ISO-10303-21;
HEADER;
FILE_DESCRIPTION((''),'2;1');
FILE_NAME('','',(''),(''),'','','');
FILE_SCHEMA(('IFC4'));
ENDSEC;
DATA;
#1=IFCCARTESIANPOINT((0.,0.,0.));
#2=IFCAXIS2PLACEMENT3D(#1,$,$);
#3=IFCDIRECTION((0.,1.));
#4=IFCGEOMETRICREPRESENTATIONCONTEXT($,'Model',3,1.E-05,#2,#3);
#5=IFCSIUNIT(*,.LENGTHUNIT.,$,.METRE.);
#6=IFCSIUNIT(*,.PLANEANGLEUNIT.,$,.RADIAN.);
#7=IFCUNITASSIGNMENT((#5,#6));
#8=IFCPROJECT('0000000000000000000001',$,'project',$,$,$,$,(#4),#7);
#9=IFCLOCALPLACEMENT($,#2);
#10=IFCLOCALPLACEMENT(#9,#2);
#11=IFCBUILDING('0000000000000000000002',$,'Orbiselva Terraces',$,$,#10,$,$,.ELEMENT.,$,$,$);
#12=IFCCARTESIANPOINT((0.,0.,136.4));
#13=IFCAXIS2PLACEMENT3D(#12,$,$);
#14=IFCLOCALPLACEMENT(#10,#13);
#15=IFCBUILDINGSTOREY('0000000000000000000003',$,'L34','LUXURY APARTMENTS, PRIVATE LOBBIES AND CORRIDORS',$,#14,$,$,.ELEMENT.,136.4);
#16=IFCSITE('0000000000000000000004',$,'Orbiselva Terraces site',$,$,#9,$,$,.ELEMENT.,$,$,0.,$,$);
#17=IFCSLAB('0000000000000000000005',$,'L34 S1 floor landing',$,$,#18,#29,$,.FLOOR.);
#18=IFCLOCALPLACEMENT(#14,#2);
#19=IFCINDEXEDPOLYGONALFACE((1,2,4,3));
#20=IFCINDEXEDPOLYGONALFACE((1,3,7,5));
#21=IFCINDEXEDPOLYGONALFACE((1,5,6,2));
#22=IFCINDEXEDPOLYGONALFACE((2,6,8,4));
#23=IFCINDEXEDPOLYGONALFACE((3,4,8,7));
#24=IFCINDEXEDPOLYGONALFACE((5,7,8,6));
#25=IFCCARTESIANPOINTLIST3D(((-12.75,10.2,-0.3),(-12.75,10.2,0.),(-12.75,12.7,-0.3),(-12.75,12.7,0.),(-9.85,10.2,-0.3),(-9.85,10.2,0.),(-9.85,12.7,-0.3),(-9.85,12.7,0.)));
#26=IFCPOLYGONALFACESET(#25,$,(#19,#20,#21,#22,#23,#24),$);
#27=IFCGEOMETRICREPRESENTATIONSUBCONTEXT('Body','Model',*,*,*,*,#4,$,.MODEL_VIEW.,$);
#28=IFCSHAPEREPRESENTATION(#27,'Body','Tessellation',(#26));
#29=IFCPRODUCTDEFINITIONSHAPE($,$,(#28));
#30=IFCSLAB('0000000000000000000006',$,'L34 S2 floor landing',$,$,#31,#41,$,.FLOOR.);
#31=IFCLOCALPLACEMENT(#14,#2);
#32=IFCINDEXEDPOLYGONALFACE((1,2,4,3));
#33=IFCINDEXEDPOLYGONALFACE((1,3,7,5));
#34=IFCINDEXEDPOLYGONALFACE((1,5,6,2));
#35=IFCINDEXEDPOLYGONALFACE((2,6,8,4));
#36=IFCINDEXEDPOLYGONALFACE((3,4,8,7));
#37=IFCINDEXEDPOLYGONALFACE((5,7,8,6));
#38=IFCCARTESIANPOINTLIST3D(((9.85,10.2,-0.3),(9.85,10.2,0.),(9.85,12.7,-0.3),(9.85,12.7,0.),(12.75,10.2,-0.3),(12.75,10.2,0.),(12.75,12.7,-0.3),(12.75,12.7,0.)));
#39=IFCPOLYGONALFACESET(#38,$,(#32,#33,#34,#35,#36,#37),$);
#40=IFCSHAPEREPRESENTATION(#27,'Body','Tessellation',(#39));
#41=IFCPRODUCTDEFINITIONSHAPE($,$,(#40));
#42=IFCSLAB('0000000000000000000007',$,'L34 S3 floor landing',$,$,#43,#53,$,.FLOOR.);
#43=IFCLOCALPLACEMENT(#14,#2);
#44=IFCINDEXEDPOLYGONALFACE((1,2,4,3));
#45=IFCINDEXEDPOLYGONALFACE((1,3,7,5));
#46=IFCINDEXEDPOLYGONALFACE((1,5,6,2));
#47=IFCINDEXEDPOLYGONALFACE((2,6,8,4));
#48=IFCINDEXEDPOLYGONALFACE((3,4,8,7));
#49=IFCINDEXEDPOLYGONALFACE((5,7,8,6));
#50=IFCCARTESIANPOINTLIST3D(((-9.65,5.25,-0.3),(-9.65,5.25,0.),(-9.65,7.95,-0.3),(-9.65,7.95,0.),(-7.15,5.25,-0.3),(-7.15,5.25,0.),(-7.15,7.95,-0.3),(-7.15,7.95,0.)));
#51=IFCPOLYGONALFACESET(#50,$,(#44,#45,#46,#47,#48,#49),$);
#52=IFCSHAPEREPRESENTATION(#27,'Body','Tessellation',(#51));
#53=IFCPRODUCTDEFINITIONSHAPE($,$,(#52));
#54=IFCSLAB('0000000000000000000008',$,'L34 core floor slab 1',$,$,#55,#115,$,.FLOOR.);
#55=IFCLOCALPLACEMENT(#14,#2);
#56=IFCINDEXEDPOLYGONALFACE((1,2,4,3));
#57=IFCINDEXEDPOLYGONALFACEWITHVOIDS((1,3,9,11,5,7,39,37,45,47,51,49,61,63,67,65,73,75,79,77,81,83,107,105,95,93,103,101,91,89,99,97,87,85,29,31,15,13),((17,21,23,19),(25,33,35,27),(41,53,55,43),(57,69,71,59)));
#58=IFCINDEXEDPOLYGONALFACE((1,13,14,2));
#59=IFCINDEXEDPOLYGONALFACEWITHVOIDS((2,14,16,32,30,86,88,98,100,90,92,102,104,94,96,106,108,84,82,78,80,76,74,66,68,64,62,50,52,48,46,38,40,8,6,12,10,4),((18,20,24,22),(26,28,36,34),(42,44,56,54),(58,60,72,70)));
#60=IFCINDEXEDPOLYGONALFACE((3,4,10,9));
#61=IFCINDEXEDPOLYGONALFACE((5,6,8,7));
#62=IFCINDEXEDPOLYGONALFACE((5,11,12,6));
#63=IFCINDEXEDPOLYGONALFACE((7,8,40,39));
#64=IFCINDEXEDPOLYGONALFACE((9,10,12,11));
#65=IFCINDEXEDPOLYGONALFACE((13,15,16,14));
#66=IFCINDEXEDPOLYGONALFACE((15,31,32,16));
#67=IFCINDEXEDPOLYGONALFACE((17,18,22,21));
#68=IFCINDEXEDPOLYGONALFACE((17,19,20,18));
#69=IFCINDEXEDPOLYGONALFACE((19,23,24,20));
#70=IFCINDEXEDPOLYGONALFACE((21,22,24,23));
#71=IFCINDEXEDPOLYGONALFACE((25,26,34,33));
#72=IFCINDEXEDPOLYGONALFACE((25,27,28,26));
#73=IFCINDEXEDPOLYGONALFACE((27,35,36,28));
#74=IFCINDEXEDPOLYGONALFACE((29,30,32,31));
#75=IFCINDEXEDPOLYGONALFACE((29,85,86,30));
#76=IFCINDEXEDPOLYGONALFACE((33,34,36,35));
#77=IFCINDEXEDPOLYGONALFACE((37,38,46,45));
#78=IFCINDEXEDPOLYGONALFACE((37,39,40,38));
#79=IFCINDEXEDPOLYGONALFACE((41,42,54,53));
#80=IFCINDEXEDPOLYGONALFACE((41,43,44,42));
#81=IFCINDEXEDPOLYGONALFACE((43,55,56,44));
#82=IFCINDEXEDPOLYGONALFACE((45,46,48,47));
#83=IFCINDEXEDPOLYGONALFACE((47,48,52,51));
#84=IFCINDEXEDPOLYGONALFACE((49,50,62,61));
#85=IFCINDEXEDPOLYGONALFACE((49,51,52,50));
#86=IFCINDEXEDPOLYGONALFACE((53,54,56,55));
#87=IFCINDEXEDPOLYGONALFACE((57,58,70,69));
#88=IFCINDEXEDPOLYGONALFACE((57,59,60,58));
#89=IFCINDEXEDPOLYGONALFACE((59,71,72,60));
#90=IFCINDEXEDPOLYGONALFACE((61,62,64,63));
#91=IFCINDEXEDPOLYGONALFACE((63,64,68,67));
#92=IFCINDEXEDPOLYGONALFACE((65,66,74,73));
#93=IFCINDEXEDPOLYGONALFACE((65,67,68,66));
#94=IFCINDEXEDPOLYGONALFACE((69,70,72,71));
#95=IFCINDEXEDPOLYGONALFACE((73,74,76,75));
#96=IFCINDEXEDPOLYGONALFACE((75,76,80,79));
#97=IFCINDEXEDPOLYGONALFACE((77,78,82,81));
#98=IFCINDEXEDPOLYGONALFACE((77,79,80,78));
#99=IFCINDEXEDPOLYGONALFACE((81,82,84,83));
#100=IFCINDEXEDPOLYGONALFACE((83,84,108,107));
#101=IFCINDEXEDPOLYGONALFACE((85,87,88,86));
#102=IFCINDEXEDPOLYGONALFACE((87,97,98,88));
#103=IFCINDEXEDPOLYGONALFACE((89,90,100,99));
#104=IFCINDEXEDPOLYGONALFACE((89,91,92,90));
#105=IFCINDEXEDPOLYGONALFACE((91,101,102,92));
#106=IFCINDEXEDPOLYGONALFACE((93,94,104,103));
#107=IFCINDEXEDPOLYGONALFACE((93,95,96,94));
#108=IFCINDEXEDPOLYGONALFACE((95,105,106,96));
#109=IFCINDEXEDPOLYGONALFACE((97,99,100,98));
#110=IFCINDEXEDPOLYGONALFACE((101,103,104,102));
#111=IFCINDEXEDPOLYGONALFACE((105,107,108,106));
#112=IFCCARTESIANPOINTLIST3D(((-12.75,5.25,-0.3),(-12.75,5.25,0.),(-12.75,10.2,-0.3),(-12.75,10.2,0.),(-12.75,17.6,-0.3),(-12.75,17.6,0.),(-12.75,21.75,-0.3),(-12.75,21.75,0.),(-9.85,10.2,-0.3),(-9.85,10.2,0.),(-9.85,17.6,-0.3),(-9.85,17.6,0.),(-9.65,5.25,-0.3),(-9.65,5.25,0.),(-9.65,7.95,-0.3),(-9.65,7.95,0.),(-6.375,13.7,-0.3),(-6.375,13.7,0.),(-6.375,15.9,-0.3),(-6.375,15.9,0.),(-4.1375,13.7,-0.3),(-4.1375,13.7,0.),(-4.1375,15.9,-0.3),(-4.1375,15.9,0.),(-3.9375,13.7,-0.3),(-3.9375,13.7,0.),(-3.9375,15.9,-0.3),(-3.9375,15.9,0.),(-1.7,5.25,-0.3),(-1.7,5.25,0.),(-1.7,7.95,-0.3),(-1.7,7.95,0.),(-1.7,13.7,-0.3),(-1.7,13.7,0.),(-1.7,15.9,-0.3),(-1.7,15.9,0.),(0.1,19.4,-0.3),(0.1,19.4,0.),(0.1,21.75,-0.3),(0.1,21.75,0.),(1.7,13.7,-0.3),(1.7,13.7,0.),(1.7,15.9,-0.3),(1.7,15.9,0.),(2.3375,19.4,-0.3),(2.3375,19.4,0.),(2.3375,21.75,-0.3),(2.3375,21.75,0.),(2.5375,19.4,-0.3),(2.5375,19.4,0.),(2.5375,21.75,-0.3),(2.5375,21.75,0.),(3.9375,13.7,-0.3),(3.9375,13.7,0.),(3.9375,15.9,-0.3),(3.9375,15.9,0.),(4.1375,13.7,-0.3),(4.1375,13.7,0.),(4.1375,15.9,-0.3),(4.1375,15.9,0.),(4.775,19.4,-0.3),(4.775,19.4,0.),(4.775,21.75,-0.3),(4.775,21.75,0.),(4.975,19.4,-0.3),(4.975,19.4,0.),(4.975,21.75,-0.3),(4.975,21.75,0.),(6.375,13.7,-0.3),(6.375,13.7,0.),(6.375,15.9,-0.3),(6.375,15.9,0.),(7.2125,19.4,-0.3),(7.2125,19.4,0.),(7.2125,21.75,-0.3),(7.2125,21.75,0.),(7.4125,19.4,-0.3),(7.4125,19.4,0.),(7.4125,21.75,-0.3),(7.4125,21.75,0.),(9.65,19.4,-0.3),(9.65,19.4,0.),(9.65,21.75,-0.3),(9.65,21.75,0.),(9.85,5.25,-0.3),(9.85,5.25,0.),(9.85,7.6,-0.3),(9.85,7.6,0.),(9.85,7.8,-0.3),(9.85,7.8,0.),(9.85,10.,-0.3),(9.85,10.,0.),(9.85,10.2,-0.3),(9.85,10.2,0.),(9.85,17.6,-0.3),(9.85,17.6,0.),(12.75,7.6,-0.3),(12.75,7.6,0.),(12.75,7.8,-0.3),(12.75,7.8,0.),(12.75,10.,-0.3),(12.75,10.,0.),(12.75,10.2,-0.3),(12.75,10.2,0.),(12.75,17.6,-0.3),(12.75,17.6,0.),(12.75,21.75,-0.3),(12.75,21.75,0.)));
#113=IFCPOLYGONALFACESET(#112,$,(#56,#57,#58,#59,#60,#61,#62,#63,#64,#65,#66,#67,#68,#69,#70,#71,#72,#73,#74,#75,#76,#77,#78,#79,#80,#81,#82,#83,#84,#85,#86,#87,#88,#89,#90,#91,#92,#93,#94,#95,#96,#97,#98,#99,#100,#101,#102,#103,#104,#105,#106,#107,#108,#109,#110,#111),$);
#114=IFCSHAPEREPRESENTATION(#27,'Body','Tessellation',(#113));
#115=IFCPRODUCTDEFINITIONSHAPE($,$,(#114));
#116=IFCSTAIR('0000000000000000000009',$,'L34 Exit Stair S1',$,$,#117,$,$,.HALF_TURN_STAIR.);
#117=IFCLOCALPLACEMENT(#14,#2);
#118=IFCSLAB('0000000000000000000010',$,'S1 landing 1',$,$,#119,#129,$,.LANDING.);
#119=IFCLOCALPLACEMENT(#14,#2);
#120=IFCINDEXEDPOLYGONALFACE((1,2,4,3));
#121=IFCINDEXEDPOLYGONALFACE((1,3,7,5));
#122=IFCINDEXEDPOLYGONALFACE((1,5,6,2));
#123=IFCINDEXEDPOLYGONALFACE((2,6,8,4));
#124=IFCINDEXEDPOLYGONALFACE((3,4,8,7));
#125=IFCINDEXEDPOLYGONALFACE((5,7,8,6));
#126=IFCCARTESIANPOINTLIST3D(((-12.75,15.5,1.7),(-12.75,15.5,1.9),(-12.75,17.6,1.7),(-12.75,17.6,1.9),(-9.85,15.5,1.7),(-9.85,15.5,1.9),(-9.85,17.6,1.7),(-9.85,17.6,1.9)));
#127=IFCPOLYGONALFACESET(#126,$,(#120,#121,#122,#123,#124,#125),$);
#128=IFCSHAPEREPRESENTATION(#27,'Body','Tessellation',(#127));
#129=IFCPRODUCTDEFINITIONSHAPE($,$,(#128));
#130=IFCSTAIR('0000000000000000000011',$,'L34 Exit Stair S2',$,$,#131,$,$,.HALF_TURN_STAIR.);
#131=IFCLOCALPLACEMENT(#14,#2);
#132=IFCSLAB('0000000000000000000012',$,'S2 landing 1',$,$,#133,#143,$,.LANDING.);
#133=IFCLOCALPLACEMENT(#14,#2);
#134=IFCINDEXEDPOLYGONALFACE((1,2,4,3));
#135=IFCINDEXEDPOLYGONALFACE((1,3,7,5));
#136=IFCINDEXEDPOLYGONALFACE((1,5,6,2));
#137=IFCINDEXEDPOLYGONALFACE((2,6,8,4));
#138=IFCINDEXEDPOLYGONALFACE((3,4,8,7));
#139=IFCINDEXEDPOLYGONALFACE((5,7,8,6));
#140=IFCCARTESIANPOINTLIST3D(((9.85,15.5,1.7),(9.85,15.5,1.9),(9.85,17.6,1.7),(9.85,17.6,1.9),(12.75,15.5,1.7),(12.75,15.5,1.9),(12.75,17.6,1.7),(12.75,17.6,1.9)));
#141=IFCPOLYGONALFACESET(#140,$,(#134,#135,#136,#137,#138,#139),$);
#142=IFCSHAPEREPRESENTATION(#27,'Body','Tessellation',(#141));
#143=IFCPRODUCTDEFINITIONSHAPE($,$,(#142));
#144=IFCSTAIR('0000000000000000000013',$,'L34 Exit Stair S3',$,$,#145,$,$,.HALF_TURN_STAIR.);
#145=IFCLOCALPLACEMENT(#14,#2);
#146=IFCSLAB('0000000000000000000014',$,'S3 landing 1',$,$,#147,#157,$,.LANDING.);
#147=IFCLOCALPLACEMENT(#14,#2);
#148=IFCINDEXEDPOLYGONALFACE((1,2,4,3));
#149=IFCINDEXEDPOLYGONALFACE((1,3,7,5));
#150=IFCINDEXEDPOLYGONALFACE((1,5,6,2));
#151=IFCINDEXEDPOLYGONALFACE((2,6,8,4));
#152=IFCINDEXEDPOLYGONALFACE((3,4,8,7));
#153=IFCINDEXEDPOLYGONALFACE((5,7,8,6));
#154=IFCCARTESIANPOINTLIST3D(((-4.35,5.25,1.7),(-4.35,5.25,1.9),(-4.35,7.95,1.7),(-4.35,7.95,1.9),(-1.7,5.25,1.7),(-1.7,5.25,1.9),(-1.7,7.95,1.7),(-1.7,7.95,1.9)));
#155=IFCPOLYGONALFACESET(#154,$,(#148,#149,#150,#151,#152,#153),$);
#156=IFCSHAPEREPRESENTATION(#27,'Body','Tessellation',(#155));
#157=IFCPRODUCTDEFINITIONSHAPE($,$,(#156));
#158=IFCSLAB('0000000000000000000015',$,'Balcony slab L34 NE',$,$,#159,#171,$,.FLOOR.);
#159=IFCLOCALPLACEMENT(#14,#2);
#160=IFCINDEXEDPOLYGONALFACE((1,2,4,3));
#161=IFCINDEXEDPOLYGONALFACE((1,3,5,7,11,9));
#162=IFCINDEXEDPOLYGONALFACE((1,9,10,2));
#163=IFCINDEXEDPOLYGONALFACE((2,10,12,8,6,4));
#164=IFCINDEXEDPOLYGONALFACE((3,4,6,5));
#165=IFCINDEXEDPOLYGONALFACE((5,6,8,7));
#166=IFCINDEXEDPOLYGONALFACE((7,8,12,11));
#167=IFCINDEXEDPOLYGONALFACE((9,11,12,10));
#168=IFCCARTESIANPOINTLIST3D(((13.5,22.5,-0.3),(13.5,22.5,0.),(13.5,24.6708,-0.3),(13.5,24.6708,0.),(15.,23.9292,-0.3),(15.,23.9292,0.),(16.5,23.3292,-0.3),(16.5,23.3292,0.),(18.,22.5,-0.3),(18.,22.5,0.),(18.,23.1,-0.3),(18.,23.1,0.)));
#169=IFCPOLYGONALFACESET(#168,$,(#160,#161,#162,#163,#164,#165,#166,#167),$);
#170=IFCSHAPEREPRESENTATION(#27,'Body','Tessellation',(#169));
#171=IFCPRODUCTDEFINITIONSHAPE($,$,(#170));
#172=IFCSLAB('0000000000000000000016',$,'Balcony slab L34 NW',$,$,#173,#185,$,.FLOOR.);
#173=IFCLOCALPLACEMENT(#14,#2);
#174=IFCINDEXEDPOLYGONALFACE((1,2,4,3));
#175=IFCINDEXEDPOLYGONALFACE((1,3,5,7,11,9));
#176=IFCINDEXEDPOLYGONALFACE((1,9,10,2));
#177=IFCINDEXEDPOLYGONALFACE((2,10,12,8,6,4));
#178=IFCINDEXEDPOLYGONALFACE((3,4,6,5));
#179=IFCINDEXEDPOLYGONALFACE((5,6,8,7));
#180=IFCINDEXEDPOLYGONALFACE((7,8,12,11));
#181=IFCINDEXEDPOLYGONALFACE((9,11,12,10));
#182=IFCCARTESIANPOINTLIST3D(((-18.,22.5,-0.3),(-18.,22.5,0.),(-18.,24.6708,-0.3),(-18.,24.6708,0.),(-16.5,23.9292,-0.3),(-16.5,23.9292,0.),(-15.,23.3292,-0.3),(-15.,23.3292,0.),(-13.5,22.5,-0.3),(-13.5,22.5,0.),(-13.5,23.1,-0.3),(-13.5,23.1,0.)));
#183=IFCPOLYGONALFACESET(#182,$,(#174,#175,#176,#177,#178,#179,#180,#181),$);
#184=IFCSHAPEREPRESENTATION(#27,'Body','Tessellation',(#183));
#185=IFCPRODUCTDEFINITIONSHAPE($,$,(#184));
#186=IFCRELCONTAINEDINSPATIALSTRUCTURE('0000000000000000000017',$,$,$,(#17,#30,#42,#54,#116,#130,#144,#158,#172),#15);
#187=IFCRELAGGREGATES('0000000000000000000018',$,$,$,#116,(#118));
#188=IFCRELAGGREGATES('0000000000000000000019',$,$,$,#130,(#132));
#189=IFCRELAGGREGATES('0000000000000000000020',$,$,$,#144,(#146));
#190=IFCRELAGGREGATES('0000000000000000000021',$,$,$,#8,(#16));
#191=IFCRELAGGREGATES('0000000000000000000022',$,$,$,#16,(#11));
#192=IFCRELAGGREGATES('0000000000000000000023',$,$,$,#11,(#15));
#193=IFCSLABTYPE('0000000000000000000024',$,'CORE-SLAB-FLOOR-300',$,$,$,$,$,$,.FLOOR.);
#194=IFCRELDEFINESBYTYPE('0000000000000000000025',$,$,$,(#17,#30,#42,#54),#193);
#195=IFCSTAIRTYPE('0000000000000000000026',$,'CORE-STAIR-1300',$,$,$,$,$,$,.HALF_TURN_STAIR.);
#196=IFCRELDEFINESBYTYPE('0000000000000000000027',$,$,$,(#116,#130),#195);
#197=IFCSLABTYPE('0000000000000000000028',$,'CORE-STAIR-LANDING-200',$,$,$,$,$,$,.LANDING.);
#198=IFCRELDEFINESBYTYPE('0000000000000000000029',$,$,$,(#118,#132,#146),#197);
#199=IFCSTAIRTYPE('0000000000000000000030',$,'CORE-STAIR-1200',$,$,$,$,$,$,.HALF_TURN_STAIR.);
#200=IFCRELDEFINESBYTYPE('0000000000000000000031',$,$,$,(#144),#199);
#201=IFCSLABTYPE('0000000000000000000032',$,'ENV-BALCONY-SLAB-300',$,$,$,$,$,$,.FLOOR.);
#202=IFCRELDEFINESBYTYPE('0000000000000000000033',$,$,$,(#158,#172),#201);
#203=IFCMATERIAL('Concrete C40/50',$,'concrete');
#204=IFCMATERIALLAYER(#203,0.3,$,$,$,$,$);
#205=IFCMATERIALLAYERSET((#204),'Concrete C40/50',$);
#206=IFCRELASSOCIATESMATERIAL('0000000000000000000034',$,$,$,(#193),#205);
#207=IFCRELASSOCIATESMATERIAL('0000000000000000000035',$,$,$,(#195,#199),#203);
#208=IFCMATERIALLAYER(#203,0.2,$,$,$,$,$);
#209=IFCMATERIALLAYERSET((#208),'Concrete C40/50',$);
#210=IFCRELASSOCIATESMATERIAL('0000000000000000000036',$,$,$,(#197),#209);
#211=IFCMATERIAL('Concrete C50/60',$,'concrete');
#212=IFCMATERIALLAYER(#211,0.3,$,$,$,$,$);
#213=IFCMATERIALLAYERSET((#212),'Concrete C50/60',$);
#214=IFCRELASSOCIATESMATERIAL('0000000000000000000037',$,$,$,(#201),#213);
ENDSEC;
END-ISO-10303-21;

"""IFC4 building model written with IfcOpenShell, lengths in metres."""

from ifc_helpers import new_model, si_unit, direction, frame, origin, place, context, subcontext, project, spatial, polyline, outline, extrude, material, layer, layer_set, type_object, element, aggregate, save


model = new_model("IFC4")

# Units and contexts
model_context = context("Model", 3, precision=1e-05, world=origin(), true_north=direction((0.0, 1.0)))
body_context = subcontext(model_context, "Body", "Model", "MODEL_VIEW")
ifc_project = project(units=[si_unit("LENGTHUNIT", "METRE"), si_unit("PLANEANGLEUNIT", "RADIAN")], contexts=[model_context])

# Site, building, storey
site_placement = place(None, origin())
site = spatial("IfcSite", under=ifc_project, at=site_placement, Name="Orbiselva Terraces site", CompositionType="ELEMENT", RefElevation=0.0)
building_placement = place(site_placement, origin())
building = spatial("IfcBuilding", under=site, at=building_placement, Name="Orbiselva Terraces", CompositionType="ELEMENT")
storey_placement = place(building_placement, frame((0.0, 0.0, 136.4)))
storey = spatial("IfcBuildingStorey", under=building, at=storey_placement, Name="L34", Description="LUXURY APARTMENTS, PRIVATE LOBBIES AND CORRIDORS", CompositionType="ELEMENT", Elevation=136.4)

# Slabs
ifc_material_1 = material(Name="Concrete C40/50", Category="concrete")
ifc_layer_1 = layer(ifc_material_1, 0.3)
ifc_layer_set_1 = layer_set([ifc_layer_1], Name="Concrete C40/50")
slab_type_1 = type_object("IfcSlabType", Name="CORE-SLAB-FLOOR-300", PredefinedType="FLOOR", material=ifc_layer_set_1)
slab_1_placement = place(storey_placement, frame((0.0, 0.0, -0.3)))
element("IfcSlab", 1, at=slab_1_placement, inside=storey, type_object=slab_type_1, Name="L34 S1 floor landing", PredefinedType="FLOOR", context=body_context, shape_type="SweptSolid", body=[
    extrude(outline(polyline([(-12.75, 12.7), (-9.85, 12.7), (-9.85, 10.2), (-12.75, 10.2), (-12.75, 12.7)])), origin(), (0.0, 0.0, 1.0), 0.3),
])
slab_2_placement = place(storey_placement, frame((0.0, 0.0, -0.3)))
element("IfcSlab", 2, at=slab_2_placement, inside=storey, type_object=slab_type_1, Name="L34 S2 floor landing", PredefinedType="FLOOR", context=body_context, shape_type="SweptSolid", body=[
    extrude(outline(polyline([(12.75, 12.7), (12.75, 10.2), (9.85, 10.2), (9.85, 12.7), (12.75, 12.7)])), origin(), (0.0, 0.0, 1.0), 0.3),
])
slab_3_placement = place(storey_placement, frame((0.0, 0.0, -0.3)))
element("IfcSlab", 3, at=slab_3_placement, inside=storey, type_object=slab_type_1, Name="L34 S3 floor landing", PredefinedType="FLOOR", context=body_context, shape_type="SweptSolid", body=[
    extrude(outline(polyline([(-7.15, 5.25), (-9.65, 5.25), (-9.65, 7.95), (-7.15, 7.95), (-7.15, 5.25)])), origin(), (0.0, 0.0, 1.0), 0.3),
])
slab_4_placement = place(storey_placement, frame((0.0, 0.0, -0.3)))
element("IfcSlab", 4, at=slab_4_placement, inside=storey, type_object=slab_type_1, Name="L34 core floor slab 1", PredefinedType="FLOOR", context=body_context, shape_type="SweptSolid", body=[
    extrude(outline(polyline([(-1.7, 5.25), (-1.7, 7.95), (-9.65, 7.95), (-9.65, 5.25), (-12.75, 5.25), (-12.75, 10.2), (-9.85, 10.2), (-9.85, 17.6), (-12.75, 17.6), (-12.75, 21.75), (0.1, 21.75), (0.1, 19.4), (2.3375, 19.4), (2.3375, 21.75), (2.5375, 21.75), (2.5375, 19.4), (4.775, 19.4), (4.775, 21.75), (4.975, 21.75), (4.975, 19.4), (7.2125, 19.4), (7.2125, 21.75), (7.4125, 21.75), (7.4125, 19.4), (9.65, 19.4), (9.65, 21.75), (12.75, 21.75), (12.75, 17.6), (9.85, 17.6), (9.85, 10.2), (12.75, 10.2), (12.75, 10.0), (9.85, 10.0), (9.85, 7.8), (12.75, 7.8), (12.75, 7.6), (9.85, 7.6), (9.85, 5.25), (-1.7, 5.25)]), holes=[polyline([(-4.1375, 13.7), (-4.1375, 15.9), (-6.375, 15.9), (-6.375, 13.7), (-4.1375, 13.7)]), polyline([(-1.7, 13.7), (-1.7, 15.9), (-3.9375, 15.9), (-3.9375, 13.7), (-1.7, 13.7)]), polyline([(3.9375, 15.9), (1.7, 15.9), (1.7, 13.7), (3.9375, 13.7), (3.9375, 15.9)]), polyline([(6.375, 13.7), (6.375, 15.9), (4.1375, 15.9), (4.1375, 13.7), (6.375, 13.7)])]), origin(), (0.0, 0.0, 1.0), 0.3),
])

# Stairs, slabs
stair_type_1 = type_object("IfcStairType", Name="CORE-STAIR-1300", PredefinedType="HALF_TURN_STAIR", material=ifc_material_1)
stair_1_placement = place(storey_placement, origin())
stair_1 = element("IfcStair", 5, at=stair_1_placement, inside=storey, type_object=stair_type_1, Name="L34 Exit Stair S1", PredefinedType="HALF_TURN_STAIR")
ifc_layer_2 = layer(ifc_material_1, 0.2)
ifc_layer_set_2 = layer_set([ifc_layer_2], Name="Concrete C40/50")
slab_type_2 = type_object("IfcSlabType", Name="CORE-STAIR-LANDING-200", PredefinedType="LANDING", material=ifc_layer_set_2)
slab_5_placement = place(storey_placement, frame((0.0, 0.0, 1.7)))
slab_5 = element("IfcSlab", 6, at=slab_5_placement, type_object=slab_type_2, Name="S1 landing 1", PredefinedType="LANDING", context=body_context, shape_type="SweptSolid", body=[
    extrude(outline(polyline([(-9.85, 15.5), (-9.85, 17.6), (-12.75, 17.6), (-12.75, 15.5), (-9.85, 15.5)])), origin(), (0.0, 0.0, 1.0), 0.2),
])
aggregate(stair_1, [slab_5])
stair_2_placement = place(storey_placement, origin())
stair_2 = element("IfcStair", 7, at=stair_2_placement, inside=storey, type_object=stair_type_1, Name="L34 Exit Stair S2", PredefinedType="HALF_TURN_STAIR")
slab_6_placement = place(storey_placement, frame((0.0, 0.0, 1.7)))
slab_6 = element("IfcSlab", 8, at=slab_6_placement, type_object=slab_type_2, Name="S2 landing 1", PredefinedType="LANDING", context=body_context, shape_type="SweptSolid", body=[
    extrude(outline(polyline([(12.75, 15.5), (12.75, 17.6), (9.85, 17.6), (9.85, 15.5), (12.75, 15.5)])), origin(), (0.0, 0.0, 1.0), 0.2),
])
aggregate(stair_2, [slab_6])
stair_type_2 = type_object("IfcStairType", Name="CORE-STAIR-1200", PredefinedType="HALF_TURN_STAIR", material=ifc_material_1)
stair_3_placement = place(storey_placement, origin())
stair_3 = element("IfcStair", 9, at=stair_3_placement, inside=storey, type_object=stair_type_2, Name="L34 Exit Stair S3", PredefinedType="HALF_TURN_STAIR")
slab_7_placement = place(storey_placement, frame((0.0, 0.0, 1.7)))
slab_7 = element("IfcSlab", 10, at=slab_7_placement, type_object=slab_type_2, Name="S3 landing 1", PredefinedType="LANDING", context=body_context, shape_type="SweptSolid", body=[
    extrude(outline(polyline([(-4.35, 5.25), (-1.7, 5.25), (-1.7, 7.95), (-4.35, 7.95), (-4.35, 5.25)])), origin(), (0.0, 0.0, 1.0), 0.2),
])
aggregate(stair_3, [slab_7])

# Slabs
ifc_material_2 = material(Name="Concrete C50/60", Category="concrete")
ifc_layer_3 = layer(ifc_material_2, 0.3)
ifc_layer_set_3 = layer_set([ifc_layer_3], Name="Concrete C50/60")
slab_type_3 = type_object("IfcSlabType", Name="ENV-BALCONY-SLAB-300", PredefinedType="FLOOR", material=ifc_layer_set_3)
slab_8_placement = place(storey_placement, frame((0.0, 0.0, -0.3)))
element("IfcSlab", 11, at=slab_8_placement, inside=storey, type_object=slab_type_3, Name="Balcony slab L34 NE", PredefinedType="FLOOR", context=body_context, shape_type="SweptSolid", body=[
    extrude(outline(polyline([(18.0, 23.1), (16.5, 23.3292), (15.0, 23.9292), (13.5, 24.6708), (13.5, 22.5), (18.0, 22.5), (18.0, 23.1)])), origin(), (0.0, 0.0, 1.0), 0.3),
])
slab_9_placement = place(storey_placement, frame((0.0, 0.0, -0.3)))
element("IfcSlab", 12, at=slab_9_placement, inside=storey, type_object=slab_type_3, Name="Balcony slab L34 NW", PredefinedType="FLOOR", context=body_context, shape_type="SweptSolid", body=[
    extrude(outline(polyline([(-13.5, 23.1), (-15.0, 23.3292), (-16.5, 23.9292), (-18.0, 24.6708), (-18.0, 22.5), (-13.5, 22.5), (-13.5, 23.1)])), origin(), (0.0, 0.0, 1.0), 0.3),
])

save(model, "model.ifc")
